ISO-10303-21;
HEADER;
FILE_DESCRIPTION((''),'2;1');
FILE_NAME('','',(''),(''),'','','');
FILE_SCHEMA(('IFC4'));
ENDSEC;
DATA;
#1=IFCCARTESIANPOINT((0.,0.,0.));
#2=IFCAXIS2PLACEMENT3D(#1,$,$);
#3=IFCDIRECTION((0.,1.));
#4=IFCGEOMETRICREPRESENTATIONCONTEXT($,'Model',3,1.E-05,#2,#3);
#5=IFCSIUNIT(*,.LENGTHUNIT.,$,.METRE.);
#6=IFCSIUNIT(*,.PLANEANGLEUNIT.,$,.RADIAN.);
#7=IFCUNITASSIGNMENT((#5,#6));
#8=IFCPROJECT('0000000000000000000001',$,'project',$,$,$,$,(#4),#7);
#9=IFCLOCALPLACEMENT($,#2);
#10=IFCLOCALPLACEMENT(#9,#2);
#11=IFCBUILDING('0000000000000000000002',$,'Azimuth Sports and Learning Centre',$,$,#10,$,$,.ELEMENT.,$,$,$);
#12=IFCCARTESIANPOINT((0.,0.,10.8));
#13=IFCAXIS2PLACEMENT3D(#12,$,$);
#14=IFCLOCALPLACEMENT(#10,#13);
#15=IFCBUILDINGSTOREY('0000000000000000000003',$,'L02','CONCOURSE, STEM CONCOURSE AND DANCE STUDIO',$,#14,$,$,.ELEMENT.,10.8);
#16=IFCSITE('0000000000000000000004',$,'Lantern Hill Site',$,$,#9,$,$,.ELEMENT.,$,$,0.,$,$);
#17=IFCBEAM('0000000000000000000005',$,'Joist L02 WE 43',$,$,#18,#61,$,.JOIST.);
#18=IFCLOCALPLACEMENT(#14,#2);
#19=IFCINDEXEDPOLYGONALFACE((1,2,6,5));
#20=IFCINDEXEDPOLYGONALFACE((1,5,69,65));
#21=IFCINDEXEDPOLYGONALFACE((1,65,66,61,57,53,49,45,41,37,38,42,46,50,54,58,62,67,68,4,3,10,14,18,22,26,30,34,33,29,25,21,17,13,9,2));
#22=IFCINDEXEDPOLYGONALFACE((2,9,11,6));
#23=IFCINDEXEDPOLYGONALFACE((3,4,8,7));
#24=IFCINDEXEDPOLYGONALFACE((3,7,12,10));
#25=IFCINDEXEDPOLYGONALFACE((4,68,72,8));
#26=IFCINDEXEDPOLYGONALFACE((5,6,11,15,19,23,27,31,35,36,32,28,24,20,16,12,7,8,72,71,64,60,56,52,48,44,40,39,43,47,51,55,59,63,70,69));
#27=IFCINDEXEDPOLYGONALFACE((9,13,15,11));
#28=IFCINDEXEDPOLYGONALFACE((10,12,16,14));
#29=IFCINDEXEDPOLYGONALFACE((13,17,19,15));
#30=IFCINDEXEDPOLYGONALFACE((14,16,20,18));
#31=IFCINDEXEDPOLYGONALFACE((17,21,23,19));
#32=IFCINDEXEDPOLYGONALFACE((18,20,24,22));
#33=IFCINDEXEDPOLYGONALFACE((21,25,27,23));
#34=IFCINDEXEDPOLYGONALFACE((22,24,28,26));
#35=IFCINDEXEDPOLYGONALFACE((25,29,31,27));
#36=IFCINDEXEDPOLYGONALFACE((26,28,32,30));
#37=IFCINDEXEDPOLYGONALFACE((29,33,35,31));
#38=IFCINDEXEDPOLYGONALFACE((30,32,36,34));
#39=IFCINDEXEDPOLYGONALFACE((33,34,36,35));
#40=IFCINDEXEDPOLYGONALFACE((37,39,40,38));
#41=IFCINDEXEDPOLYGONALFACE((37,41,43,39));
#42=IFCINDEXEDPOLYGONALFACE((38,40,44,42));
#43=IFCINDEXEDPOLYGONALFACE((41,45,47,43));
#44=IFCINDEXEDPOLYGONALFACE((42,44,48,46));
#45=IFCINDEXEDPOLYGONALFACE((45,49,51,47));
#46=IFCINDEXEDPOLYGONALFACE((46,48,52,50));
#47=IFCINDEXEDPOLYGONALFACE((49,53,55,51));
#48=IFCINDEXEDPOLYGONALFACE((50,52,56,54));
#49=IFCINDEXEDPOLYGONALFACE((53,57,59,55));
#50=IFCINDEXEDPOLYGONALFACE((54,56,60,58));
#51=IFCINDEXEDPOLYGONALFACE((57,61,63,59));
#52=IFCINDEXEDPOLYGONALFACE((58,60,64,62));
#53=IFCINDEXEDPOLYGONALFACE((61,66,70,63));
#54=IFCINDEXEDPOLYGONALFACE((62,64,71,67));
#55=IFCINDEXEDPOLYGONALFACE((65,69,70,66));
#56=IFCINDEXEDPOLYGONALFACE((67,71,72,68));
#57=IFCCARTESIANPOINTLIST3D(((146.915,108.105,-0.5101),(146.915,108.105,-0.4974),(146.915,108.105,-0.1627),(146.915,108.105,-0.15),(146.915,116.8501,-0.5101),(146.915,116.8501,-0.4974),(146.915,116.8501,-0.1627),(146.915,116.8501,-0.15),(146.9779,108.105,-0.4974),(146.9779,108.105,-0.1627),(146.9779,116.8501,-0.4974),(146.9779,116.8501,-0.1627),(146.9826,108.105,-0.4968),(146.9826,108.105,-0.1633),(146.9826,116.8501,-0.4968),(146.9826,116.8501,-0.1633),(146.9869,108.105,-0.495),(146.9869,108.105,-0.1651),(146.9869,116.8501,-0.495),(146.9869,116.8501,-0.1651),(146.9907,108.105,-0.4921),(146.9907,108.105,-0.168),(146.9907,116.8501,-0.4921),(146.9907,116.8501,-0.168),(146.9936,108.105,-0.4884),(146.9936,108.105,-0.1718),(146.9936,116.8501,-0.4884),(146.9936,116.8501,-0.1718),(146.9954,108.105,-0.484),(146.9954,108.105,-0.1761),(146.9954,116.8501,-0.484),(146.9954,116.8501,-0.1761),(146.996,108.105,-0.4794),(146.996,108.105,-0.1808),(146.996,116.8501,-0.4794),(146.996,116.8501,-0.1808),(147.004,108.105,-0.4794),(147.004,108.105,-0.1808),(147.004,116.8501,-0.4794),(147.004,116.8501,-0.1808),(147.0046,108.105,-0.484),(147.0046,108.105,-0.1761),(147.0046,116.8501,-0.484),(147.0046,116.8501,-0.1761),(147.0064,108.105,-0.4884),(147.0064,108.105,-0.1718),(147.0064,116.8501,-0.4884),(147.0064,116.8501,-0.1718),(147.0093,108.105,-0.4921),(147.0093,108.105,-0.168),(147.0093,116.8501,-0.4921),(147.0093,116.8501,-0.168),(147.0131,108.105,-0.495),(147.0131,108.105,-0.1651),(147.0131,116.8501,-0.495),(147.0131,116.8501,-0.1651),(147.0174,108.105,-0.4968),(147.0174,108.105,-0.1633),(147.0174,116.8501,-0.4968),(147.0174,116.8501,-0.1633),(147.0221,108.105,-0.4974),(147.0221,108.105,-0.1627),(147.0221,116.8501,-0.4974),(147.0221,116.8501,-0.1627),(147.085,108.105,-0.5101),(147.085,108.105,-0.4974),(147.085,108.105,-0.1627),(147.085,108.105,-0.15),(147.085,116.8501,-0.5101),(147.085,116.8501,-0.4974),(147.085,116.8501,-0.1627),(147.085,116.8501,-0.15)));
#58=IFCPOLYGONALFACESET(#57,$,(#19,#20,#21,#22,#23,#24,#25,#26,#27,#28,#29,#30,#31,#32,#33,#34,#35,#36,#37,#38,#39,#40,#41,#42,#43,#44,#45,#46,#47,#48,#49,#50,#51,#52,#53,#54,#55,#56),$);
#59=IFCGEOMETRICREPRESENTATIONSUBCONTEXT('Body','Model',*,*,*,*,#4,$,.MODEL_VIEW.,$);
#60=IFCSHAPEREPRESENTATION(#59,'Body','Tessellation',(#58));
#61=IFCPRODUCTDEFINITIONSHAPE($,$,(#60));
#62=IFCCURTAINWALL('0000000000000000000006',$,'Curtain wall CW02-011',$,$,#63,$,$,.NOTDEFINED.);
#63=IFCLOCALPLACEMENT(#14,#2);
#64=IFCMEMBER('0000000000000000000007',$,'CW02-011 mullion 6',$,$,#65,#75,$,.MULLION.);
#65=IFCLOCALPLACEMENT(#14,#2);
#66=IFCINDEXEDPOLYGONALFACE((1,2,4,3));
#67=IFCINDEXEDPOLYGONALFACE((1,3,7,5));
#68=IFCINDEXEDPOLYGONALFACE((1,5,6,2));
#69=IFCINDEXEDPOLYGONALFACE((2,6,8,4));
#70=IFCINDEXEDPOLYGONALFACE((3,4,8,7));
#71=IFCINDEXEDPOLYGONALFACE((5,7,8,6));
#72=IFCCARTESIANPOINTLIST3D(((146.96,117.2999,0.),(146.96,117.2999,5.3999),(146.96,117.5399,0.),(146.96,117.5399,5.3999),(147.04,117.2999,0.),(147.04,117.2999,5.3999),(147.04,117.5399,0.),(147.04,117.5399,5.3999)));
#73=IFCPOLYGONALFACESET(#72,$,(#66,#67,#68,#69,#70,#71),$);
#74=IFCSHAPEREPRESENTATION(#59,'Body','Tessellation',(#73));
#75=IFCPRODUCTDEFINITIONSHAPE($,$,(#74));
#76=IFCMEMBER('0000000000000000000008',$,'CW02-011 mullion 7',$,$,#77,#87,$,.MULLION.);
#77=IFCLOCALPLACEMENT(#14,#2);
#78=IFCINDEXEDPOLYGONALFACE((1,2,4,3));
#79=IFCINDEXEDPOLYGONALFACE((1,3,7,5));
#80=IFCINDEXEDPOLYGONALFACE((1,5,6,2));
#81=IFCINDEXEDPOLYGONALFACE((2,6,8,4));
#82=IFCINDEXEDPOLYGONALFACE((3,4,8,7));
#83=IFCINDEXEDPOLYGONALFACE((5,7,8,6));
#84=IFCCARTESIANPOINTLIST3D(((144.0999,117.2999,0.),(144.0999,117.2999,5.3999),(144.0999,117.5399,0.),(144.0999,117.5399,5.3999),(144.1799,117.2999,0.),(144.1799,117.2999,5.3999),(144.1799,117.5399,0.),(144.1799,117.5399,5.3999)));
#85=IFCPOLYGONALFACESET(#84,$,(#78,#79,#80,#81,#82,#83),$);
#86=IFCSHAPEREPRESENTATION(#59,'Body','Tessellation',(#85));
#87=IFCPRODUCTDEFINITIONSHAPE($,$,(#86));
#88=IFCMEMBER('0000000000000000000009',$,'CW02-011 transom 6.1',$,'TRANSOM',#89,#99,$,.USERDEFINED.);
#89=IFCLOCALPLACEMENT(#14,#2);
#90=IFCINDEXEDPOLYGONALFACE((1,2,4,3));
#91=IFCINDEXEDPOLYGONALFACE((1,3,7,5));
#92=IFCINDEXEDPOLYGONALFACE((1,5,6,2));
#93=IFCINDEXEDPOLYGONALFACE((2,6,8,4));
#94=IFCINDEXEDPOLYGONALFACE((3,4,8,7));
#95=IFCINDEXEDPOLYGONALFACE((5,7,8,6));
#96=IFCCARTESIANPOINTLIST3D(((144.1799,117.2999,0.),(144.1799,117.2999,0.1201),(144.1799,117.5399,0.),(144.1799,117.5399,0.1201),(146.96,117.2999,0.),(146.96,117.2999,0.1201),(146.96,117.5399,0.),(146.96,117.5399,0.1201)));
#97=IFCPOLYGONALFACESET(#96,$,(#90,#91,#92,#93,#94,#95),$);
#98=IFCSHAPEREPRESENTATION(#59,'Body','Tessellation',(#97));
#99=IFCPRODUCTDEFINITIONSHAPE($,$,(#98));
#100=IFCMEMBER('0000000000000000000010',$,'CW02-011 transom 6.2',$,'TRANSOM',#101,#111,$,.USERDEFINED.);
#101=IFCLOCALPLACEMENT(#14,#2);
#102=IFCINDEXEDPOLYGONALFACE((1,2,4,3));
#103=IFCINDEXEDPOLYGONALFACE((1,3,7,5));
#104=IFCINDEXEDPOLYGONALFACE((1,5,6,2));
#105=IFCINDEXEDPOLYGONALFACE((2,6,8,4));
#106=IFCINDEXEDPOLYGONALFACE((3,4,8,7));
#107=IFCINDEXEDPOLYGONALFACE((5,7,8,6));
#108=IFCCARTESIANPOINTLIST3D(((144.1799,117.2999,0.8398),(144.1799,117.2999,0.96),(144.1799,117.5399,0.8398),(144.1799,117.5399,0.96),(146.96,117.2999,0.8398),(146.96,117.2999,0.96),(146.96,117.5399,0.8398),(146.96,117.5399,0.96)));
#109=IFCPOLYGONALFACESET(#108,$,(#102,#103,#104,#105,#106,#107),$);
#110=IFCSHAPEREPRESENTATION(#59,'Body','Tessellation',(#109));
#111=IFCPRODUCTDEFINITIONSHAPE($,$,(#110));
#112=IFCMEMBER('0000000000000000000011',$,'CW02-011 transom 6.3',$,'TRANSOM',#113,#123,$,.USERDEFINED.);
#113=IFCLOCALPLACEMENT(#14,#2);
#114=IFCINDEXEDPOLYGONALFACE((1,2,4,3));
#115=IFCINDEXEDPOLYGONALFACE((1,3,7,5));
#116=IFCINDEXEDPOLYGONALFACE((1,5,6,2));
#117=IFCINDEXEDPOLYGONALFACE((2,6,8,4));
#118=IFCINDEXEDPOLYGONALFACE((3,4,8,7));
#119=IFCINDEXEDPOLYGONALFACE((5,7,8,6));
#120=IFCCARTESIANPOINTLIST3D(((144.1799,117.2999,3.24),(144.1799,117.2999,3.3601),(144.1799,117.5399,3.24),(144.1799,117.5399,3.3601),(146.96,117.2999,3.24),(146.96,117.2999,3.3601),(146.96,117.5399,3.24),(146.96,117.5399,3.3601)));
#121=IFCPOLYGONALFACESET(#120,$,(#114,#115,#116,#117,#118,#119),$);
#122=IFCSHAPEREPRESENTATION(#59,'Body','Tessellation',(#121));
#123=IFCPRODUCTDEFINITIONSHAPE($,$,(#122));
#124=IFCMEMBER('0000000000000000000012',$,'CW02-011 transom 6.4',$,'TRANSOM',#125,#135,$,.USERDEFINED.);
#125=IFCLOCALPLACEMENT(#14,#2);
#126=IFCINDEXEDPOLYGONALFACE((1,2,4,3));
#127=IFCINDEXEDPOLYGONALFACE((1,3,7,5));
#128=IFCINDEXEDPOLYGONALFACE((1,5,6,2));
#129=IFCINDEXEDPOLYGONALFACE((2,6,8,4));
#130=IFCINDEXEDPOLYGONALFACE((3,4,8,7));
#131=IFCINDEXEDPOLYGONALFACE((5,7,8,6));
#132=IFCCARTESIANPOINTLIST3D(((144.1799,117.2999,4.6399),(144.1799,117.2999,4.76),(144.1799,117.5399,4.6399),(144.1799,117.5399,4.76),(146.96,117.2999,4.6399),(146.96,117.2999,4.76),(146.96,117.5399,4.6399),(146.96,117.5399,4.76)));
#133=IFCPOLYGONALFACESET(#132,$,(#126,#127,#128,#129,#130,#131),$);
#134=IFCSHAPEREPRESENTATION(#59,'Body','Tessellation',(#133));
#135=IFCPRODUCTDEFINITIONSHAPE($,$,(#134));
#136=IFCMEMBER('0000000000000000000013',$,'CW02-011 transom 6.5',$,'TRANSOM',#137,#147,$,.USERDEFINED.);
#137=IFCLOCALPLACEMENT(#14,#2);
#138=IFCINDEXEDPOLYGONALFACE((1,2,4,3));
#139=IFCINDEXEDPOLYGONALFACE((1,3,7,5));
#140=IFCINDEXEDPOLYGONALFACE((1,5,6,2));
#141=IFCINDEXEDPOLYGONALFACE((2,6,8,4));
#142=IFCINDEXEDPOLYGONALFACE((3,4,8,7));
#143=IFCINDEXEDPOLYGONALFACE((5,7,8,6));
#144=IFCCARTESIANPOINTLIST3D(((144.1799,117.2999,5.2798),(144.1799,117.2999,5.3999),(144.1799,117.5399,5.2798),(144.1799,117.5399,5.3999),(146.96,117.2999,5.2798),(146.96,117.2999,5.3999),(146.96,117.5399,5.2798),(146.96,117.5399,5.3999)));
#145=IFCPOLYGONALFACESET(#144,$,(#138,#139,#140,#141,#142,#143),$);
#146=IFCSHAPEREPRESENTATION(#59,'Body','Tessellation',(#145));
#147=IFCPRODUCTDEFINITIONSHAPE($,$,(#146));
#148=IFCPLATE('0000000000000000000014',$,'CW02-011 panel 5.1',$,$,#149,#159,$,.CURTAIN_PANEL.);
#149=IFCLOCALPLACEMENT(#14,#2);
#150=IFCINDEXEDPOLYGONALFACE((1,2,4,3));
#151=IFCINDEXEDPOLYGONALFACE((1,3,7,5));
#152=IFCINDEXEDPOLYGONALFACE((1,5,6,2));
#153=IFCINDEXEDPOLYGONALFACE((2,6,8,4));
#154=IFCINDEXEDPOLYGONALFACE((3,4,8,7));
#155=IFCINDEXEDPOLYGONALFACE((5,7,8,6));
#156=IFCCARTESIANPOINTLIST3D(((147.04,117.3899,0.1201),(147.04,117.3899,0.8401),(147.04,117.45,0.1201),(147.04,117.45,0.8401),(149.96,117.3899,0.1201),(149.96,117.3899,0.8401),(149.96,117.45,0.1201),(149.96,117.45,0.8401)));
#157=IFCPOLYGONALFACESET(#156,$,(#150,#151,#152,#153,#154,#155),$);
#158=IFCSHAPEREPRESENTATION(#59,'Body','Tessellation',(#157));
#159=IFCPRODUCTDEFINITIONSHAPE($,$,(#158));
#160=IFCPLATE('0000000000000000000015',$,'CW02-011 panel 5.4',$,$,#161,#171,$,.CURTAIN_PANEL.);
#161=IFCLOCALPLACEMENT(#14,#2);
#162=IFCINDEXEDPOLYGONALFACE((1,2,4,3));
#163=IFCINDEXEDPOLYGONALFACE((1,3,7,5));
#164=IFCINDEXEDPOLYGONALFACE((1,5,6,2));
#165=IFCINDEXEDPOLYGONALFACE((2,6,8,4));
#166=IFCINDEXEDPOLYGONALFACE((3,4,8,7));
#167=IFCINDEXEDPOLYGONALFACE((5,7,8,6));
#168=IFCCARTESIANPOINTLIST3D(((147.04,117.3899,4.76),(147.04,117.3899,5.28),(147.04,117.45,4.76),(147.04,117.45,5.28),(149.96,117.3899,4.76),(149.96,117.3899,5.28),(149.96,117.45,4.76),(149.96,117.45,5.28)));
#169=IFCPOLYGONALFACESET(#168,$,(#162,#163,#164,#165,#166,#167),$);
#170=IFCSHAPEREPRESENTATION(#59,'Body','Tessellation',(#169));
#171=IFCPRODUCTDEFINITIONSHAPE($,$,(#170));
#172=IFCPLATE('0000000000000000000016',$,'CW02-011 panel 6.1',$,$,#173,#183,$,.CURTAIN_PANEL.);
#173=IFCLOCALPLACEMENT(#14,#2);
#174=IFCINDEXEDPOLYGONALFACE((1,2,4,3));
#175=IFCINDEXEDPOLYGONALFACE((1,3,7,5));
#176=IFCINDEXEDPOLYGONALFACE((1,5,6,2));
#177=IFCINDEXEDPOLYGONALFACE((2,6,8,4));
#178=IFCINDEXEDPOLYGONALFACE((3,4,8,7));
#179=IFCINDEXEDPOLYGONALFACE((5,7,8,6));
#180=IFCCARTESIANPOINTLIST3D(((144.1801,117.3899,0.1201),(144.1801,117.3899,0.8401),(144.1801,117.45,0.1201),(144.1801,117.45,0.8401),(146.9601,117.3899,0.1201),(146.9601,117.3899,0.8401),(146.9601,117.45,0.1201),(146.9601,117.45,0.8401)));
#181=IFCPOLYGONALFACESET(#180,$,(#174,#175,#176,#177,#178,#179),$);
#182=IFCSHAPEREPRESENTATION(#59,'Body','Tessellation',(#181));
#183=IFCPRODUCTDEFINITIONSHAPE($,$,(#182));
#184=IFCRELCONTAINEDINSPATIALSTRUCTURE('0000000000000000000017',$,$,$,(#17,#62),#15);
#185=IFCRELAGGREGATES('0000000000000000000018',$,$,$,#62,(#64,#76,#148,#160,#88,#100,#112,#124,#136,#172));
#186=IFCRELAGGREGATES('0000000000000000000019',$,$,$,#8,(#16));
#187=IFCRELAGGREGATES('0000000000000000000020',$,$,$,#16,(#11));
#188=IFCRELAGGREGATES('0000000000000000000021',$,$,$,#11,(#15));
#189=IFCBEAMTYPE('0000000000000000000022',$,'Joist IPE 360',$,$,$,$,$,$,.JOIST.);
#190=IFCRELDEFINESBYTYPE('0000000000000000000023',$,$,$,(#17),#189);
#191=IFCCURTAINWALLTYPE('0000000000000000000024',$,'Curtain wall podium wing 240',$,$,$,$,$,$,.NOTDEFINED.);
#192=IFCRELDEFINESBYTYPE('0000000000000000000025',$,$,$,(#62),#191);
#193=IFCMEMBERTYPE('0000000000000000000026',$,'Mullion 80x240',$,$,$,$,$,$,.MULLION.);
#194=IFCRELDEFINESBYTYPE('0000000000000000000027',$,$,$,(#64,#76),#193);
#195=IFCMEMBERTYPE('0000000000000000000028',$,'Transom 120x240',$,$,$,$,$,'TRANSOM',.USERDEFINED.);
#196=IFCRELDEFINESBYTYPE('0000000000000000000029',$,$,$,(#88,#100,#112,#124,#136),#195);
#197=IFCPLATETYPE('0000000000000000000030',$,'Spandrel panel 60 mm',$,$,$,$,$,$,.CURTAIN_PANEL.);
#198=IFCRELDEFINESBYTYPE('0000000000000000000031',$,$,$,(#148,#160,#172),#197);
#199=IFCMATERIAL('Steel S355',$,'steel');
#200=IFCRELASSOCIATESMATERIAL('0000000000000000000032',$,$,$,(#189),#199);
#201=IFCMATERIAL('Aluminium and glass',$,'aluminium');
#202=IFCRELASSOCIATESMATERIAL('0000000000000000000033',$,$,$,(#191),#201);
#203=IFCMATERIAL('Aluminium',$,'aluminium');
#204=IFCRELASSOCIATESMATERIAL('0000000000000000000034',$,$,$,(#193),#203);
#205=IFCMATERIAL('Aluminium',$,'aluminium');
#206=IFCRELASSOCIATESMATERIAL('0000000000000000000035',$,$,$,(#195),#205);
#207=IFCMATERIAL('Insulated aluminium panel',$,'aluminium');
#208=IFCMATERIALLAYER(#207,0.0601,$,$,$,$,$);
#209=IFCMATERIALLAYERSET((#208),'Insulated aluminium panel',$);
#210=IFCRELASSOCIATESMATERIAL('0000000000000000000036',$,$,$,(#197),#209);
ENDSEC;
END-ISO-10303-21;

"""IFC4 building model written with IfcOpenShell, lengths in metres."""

from ifc_helpers import new_model, si_unit, direction, frame, origin, origin_2d, place, context, subcontext, project, spatial, rectangle, i_section, extrude, material, layer, layer_set, material_profile, profile_set, type_object, element, aggregate, save


model = new_model("IFC4")

# Units and contexts
model_context = context("Model", 3, precision=1e-05, world=origin(), true_north=direction((0.0, 1.0)))
body_context = subcontext(model_context, "Body", "Model", "MODEL_VIEW")
ifc_project = project(units=[si_unit("LENGTHUNIT", "METRE"), si_unit("PLANEANGLEUNIT", "RADIAN")], contexts=[model_context])

# Site, building, storey
site_placement = place(None, origin())
site = spatial("IfcSite", under=ifc_project, at=site_placement, Name="Lantern Hill Site", CompositionType="ELEMENT", RefElevation=0.0)
building_placement = place(site_placement, origin())
building = spatial("IfcBuilding", under=site, at=building_placement, Name="Azimuth Sports and Learning Centre", CompositionType="ELEMENT")
storey_placement = place(building_placement, frame((0.0, 0.0, 10.8)))
storey = spatial("IfcBuildingStorey", under=building, at=storey_placement, Name="L02", Description="CONCOURSE, STEM CONCOURSE AND DANCE STUDIO", CompositionType="ELEMENT", Elevation=10.8)

# Beam
ifc_material_1 = material(Name="Steel S355", Category="steel")
ifc_material_profile_1 = material_profile(ifc_material_1, i_section(OverallWidth=0.1699, OverallDepth=0.3601, WebThickness=0.0081, FlangeThickness=0.0127, FilletRadius=0.0181, at=origin_2d()), Name="IPE 360")
ifc_profile_set_1 = profile_set([ifc_material_profile_1], Name="Steel S355")
beam_type_1 = type_object("IfcBeamType", Name="Joist IPE 360", PredefinedType="JOIST", material=ifc_profile_set_1)
beam_1_placement = place(storey_placement, frame((147.0, 108.105, -0.3301), z_axis=(0.0, 1.0, 0.0), x_axis=(-1.0, 0.0, 0.0)))
element("IfcBeam", 1, at=beam_1_placement, inside=storey, type_object=beam_type_1, Name="Joist L02 WE 43", PredefinedType="JOIST", context=body_context, shape_type="SweptSolid", body=[
    extrude(i_section(OverallWidth=0.1699, OverallDepth=0.3601, WebThickness=0.0081, FlangeThickness=0.0127, FilletRadius=0.0181, at=origin_2d()), origin(), (0.0, 0.0, 1.0), 8.7451),
])

# Curtain wall, members, plates
ifc_material_2 = material(Name="Aluminium and glass", Category="aluminium")
curtain_wall_type = type_object("IfcCurtainWallType", Name="Curtain wall podium wing 240", PredefinedType="NOTDEFINED", material=ifc_material_2)
curtain_wall_placement = place(storey_placement, origin())
curtain_wall = element("IfcCurtainWall", 2, at=curtain_wall_placement, inside=storey, type_object=curtain_wall_type, Name="Curtain wall CW02-011", PredefinedType="NOTDEFINED")
ifc_material_3 = material(Name="Aluminium", Category="aluminium")
ifc_material_profile_2 = material_profile(ifc_material_3, rectangle(XDim=0.24, YDim=0.0801, at=origin_2d()), Name="Mullion 80x240")
ifc_profile_set_2 = profile_set([ifc_material_profile_2], Name="Aluminium")
member_type_1 = type_object("IfcMemberType", Name="Mullion 80x240", PredefinedType="MULLION", material=ifc_profile_set_2)
member_1_placement = place(storey_placement, frame((147.0, 117.4199, 0.0), z_axis=(0.0, 0.0, 1.0), x_axis=(0.0, -1.0, 0.0)))
member_1 = element("IfcMember", 3, at=member_1_placement, type_object=member_type_1, Name="CW02-011 mullion 6", PredefinedType="MULLION", context=body_context, shape_type="SweptSolid", body=[
    extrude(rectangle(XDim=0.24, YDim=0.0801, at=origin_2d()), origin(), (0.0, 0.0, 1.0), 5.3999),
])
member_2_placement = place(storey_placement, frame((144.1399, 117.4199, 0.0), z_axis=(0.0, 0.0, 1.0), x_axis=(0.0, -1.0, 0.0)))
member_2 = element("IfcMember", 4, at=member_2_placement, type_object=member_type_1, Name="CW02-011 mullion 7", PredefinedType="MULLION", context=body_context, shape_type="SweptSolid", body=[
    extrude(rectangle(XDim=0.24, YDim=0.0801, at=origin_2d()), origin(), (0.0, 0.0, 1.0), 5.3999),
])
ifc_material_4 = material(Name="Aluminium", Category="aluminium")
ifc_material_profile_3 = material_profile(ifc_material_4, rectangle(XDim=0.24, YDim=0.1201, at=origin_2d()), Name="Transom 120x240")
ifc_profile_set_3 = profile_set([ifc_material_profile_3], Name="Aluminium")
member_type_2 = type_object("IfcMemberType", Name="Transom 120x240", ElementType="TRANSOM", PredefinedType="USERDEFINED", material=ifc_profile_set_3)
member_3_placement = place(storey_placement, frame((146.96, 117.4199, 0.0601), z_axis=(-1.0, 0.0, 0.0), x_axis=(0.0, -1.0, 0.0)))
member_3 = element("IfcMember", 5, at=member_3_placement, type_object=member_type_2, Name="CW02-011 transom 6.1", ObjectType="TRANSOM", PredefinedType="USERDEFINED", context=body_context, shape_type="SweptSolid", body=[
    extrude(rectangle(XDim=0.24, YDim=0.1201, at=origin_2d()), origin(), (0.0, 0.0, 1.0), 2.78),
])
member_4_placement = place(storey_placement, frame((146.96, 117.4199, 0.8999), z_axis=(-1.0, 0.0, 0.0), x_axis=(0.0, -1.0, 0.0)))
member_4 = element("IfcMember", 6, at=member_4_placement, type_object=member_type_2, Name="CW02-011 transom 6.2", ObjectType="TRANSOM", PredefinedType="USERDEFINED", context=body_context, shape_type="SweptSolid", body=[
    extrude(rectangle(XDim=0.24, YDim=0.1201, at=origin_2d()), origin(), (0.0, 0.0, 1.0), 2.78),
])
member_5_placement = place(storey_placement, frame((146.96, 117.4199, 3.3), z_axis=(-1.0, 0.0, 0.0), x_axis=(0.0, -1.0, 0.0)))
member_5 = element("IfcMember", 7, at=member_5_placement, type_object=member_type_2, Name="CW02-011 transom 6.3", ObjectType="TRANSOM", PredefinedType="USERDEFINED", context=body_context, shape_type="SweptSolid", body=[
    extrude(rectangle(XDim=0.24, YDim=0.1201, at=origin_2d()), origin(), (0.0, 0.0, 1.0), 2.78),
])
member_6_placement = place(storey_placement, frame((146.96, 117.4199, 4.7), z_axis=(-1.0, 0.0, 0.0), x_axis=(0.0, -1.0, 0.0)))
member_6 = element("IfcMember", 8, at=member_6_placement, type_object=member_type_2, Name="CW02-011 transom 6.4", ObjectType="TRANSOM", PredefinedType="USERDEFINED", context=body_context, shape_type="SweptSolid", body=[
    extrude(rectangle(XDim=0.24, YDim=0.1201, at=origin_2d()), origin(), (0.0, 0.0, 1.0), 2.78),
])
member_7_placement = place(storey_placement, frame((146.96, 117.4199, 5.3398), z_axis=(-1.0, 0.0, 0.0), x_axis=(0.0, -1.0, 0.0)))
member_7 = element("IfcMember", 9, at=member_7_placement, type_object=member_type_2, Name="CW02-011 transom 6.5", ObjectType="TRANSOM", PredefinedType="USERDEFINED", context=body_context, shape_type="SweptSolid", body=[
    extrude(rectangle(XDim=0.24, YDim=0.1201, at=origin_2d()), origin(), (0.0, 0.0, 1.0), 2.78),
])
ifc_material_5 = material(Name="Insulated aluminium panel", Category="aluminium")
ifc_layer_1 = layer(ifc_material_5, 0.0601)
ifc_layer_set_1 = layer_set([ifc_layer_1], Name="Insulated aluminium panel")
plate_type_1 = type_object("IfcPlateType", Name="Spandrel panel 60 mm", PredefinedType="CURTAIN_PANEL", material=ifc_layer_set_1)
plate_1_placement = place(storey_placement, frame((148.5, 117.4199, 0.1201), z_axis=(0.0, 0.0, 1.0), x_axis=(-1.0, 0.0, 0.0)))
plate_1 = element("IfcPlate", 10, at=plate_1_placement, type_object=plate_type_1, Name="CW02-011 panel 5.1", PredefinedType="CURTAIN_PANEL", context=body_context, shape_type="SweptSolid", body=[
    extrude(rectangle(XDim=2.9199, YDim=0.0601, at=origin_2d()), origin(), (0.0, 0.0, 1.0), 0.72),
])
plate_2_placement = place(storey_placement, frame((148.5, 117.4199, 4.76), z_axis=(0.0, 0.0, 1.0), x_axis=(-1.0, 0.0, 0.0)))
plate_2 = element("IfcPlate", 11, at=plate_2_placement, type_object=plate_type_1, Name="CW02-011 panel 5.4", PredefinedType="CURTAIN_PANEL", context=body_context, shape_type="SweptSolid", body=[
    extrude(rectangle(XDim=2.9199, YDim=0.0601, at=origin_2d()), origin(), (0.0, 0.0, 1.0), 0.52),
])
plate_3_placement = place(storey_placement, frame((145.5701, 117.4199, 0.1201), z_axis=(0.0, 0.0, 1.0), x_axis=(-1.0, 0.0, 0.0)))
plate_3 = element("IfcPlate", 12, at=plate_3_placement, type_object=plate_type_1, Name="CW02-011 panel 6.1", PredefinedType="CURTAIN_PANEL", context=body_context, shape_type="SweptSolid", body=[
    extrude(rectangle(XDim=2.78, YDim=0.0601, at=origin_2d()), origin(), (0.0, 0.0, 1.0), 0.72),
])
aggregate(curtain_wall, [member_1, member_2, plate_1, plate_2, member_3, member_4, member_5, member_6, member_7, plate_3])

save(model, "model.ifc")
